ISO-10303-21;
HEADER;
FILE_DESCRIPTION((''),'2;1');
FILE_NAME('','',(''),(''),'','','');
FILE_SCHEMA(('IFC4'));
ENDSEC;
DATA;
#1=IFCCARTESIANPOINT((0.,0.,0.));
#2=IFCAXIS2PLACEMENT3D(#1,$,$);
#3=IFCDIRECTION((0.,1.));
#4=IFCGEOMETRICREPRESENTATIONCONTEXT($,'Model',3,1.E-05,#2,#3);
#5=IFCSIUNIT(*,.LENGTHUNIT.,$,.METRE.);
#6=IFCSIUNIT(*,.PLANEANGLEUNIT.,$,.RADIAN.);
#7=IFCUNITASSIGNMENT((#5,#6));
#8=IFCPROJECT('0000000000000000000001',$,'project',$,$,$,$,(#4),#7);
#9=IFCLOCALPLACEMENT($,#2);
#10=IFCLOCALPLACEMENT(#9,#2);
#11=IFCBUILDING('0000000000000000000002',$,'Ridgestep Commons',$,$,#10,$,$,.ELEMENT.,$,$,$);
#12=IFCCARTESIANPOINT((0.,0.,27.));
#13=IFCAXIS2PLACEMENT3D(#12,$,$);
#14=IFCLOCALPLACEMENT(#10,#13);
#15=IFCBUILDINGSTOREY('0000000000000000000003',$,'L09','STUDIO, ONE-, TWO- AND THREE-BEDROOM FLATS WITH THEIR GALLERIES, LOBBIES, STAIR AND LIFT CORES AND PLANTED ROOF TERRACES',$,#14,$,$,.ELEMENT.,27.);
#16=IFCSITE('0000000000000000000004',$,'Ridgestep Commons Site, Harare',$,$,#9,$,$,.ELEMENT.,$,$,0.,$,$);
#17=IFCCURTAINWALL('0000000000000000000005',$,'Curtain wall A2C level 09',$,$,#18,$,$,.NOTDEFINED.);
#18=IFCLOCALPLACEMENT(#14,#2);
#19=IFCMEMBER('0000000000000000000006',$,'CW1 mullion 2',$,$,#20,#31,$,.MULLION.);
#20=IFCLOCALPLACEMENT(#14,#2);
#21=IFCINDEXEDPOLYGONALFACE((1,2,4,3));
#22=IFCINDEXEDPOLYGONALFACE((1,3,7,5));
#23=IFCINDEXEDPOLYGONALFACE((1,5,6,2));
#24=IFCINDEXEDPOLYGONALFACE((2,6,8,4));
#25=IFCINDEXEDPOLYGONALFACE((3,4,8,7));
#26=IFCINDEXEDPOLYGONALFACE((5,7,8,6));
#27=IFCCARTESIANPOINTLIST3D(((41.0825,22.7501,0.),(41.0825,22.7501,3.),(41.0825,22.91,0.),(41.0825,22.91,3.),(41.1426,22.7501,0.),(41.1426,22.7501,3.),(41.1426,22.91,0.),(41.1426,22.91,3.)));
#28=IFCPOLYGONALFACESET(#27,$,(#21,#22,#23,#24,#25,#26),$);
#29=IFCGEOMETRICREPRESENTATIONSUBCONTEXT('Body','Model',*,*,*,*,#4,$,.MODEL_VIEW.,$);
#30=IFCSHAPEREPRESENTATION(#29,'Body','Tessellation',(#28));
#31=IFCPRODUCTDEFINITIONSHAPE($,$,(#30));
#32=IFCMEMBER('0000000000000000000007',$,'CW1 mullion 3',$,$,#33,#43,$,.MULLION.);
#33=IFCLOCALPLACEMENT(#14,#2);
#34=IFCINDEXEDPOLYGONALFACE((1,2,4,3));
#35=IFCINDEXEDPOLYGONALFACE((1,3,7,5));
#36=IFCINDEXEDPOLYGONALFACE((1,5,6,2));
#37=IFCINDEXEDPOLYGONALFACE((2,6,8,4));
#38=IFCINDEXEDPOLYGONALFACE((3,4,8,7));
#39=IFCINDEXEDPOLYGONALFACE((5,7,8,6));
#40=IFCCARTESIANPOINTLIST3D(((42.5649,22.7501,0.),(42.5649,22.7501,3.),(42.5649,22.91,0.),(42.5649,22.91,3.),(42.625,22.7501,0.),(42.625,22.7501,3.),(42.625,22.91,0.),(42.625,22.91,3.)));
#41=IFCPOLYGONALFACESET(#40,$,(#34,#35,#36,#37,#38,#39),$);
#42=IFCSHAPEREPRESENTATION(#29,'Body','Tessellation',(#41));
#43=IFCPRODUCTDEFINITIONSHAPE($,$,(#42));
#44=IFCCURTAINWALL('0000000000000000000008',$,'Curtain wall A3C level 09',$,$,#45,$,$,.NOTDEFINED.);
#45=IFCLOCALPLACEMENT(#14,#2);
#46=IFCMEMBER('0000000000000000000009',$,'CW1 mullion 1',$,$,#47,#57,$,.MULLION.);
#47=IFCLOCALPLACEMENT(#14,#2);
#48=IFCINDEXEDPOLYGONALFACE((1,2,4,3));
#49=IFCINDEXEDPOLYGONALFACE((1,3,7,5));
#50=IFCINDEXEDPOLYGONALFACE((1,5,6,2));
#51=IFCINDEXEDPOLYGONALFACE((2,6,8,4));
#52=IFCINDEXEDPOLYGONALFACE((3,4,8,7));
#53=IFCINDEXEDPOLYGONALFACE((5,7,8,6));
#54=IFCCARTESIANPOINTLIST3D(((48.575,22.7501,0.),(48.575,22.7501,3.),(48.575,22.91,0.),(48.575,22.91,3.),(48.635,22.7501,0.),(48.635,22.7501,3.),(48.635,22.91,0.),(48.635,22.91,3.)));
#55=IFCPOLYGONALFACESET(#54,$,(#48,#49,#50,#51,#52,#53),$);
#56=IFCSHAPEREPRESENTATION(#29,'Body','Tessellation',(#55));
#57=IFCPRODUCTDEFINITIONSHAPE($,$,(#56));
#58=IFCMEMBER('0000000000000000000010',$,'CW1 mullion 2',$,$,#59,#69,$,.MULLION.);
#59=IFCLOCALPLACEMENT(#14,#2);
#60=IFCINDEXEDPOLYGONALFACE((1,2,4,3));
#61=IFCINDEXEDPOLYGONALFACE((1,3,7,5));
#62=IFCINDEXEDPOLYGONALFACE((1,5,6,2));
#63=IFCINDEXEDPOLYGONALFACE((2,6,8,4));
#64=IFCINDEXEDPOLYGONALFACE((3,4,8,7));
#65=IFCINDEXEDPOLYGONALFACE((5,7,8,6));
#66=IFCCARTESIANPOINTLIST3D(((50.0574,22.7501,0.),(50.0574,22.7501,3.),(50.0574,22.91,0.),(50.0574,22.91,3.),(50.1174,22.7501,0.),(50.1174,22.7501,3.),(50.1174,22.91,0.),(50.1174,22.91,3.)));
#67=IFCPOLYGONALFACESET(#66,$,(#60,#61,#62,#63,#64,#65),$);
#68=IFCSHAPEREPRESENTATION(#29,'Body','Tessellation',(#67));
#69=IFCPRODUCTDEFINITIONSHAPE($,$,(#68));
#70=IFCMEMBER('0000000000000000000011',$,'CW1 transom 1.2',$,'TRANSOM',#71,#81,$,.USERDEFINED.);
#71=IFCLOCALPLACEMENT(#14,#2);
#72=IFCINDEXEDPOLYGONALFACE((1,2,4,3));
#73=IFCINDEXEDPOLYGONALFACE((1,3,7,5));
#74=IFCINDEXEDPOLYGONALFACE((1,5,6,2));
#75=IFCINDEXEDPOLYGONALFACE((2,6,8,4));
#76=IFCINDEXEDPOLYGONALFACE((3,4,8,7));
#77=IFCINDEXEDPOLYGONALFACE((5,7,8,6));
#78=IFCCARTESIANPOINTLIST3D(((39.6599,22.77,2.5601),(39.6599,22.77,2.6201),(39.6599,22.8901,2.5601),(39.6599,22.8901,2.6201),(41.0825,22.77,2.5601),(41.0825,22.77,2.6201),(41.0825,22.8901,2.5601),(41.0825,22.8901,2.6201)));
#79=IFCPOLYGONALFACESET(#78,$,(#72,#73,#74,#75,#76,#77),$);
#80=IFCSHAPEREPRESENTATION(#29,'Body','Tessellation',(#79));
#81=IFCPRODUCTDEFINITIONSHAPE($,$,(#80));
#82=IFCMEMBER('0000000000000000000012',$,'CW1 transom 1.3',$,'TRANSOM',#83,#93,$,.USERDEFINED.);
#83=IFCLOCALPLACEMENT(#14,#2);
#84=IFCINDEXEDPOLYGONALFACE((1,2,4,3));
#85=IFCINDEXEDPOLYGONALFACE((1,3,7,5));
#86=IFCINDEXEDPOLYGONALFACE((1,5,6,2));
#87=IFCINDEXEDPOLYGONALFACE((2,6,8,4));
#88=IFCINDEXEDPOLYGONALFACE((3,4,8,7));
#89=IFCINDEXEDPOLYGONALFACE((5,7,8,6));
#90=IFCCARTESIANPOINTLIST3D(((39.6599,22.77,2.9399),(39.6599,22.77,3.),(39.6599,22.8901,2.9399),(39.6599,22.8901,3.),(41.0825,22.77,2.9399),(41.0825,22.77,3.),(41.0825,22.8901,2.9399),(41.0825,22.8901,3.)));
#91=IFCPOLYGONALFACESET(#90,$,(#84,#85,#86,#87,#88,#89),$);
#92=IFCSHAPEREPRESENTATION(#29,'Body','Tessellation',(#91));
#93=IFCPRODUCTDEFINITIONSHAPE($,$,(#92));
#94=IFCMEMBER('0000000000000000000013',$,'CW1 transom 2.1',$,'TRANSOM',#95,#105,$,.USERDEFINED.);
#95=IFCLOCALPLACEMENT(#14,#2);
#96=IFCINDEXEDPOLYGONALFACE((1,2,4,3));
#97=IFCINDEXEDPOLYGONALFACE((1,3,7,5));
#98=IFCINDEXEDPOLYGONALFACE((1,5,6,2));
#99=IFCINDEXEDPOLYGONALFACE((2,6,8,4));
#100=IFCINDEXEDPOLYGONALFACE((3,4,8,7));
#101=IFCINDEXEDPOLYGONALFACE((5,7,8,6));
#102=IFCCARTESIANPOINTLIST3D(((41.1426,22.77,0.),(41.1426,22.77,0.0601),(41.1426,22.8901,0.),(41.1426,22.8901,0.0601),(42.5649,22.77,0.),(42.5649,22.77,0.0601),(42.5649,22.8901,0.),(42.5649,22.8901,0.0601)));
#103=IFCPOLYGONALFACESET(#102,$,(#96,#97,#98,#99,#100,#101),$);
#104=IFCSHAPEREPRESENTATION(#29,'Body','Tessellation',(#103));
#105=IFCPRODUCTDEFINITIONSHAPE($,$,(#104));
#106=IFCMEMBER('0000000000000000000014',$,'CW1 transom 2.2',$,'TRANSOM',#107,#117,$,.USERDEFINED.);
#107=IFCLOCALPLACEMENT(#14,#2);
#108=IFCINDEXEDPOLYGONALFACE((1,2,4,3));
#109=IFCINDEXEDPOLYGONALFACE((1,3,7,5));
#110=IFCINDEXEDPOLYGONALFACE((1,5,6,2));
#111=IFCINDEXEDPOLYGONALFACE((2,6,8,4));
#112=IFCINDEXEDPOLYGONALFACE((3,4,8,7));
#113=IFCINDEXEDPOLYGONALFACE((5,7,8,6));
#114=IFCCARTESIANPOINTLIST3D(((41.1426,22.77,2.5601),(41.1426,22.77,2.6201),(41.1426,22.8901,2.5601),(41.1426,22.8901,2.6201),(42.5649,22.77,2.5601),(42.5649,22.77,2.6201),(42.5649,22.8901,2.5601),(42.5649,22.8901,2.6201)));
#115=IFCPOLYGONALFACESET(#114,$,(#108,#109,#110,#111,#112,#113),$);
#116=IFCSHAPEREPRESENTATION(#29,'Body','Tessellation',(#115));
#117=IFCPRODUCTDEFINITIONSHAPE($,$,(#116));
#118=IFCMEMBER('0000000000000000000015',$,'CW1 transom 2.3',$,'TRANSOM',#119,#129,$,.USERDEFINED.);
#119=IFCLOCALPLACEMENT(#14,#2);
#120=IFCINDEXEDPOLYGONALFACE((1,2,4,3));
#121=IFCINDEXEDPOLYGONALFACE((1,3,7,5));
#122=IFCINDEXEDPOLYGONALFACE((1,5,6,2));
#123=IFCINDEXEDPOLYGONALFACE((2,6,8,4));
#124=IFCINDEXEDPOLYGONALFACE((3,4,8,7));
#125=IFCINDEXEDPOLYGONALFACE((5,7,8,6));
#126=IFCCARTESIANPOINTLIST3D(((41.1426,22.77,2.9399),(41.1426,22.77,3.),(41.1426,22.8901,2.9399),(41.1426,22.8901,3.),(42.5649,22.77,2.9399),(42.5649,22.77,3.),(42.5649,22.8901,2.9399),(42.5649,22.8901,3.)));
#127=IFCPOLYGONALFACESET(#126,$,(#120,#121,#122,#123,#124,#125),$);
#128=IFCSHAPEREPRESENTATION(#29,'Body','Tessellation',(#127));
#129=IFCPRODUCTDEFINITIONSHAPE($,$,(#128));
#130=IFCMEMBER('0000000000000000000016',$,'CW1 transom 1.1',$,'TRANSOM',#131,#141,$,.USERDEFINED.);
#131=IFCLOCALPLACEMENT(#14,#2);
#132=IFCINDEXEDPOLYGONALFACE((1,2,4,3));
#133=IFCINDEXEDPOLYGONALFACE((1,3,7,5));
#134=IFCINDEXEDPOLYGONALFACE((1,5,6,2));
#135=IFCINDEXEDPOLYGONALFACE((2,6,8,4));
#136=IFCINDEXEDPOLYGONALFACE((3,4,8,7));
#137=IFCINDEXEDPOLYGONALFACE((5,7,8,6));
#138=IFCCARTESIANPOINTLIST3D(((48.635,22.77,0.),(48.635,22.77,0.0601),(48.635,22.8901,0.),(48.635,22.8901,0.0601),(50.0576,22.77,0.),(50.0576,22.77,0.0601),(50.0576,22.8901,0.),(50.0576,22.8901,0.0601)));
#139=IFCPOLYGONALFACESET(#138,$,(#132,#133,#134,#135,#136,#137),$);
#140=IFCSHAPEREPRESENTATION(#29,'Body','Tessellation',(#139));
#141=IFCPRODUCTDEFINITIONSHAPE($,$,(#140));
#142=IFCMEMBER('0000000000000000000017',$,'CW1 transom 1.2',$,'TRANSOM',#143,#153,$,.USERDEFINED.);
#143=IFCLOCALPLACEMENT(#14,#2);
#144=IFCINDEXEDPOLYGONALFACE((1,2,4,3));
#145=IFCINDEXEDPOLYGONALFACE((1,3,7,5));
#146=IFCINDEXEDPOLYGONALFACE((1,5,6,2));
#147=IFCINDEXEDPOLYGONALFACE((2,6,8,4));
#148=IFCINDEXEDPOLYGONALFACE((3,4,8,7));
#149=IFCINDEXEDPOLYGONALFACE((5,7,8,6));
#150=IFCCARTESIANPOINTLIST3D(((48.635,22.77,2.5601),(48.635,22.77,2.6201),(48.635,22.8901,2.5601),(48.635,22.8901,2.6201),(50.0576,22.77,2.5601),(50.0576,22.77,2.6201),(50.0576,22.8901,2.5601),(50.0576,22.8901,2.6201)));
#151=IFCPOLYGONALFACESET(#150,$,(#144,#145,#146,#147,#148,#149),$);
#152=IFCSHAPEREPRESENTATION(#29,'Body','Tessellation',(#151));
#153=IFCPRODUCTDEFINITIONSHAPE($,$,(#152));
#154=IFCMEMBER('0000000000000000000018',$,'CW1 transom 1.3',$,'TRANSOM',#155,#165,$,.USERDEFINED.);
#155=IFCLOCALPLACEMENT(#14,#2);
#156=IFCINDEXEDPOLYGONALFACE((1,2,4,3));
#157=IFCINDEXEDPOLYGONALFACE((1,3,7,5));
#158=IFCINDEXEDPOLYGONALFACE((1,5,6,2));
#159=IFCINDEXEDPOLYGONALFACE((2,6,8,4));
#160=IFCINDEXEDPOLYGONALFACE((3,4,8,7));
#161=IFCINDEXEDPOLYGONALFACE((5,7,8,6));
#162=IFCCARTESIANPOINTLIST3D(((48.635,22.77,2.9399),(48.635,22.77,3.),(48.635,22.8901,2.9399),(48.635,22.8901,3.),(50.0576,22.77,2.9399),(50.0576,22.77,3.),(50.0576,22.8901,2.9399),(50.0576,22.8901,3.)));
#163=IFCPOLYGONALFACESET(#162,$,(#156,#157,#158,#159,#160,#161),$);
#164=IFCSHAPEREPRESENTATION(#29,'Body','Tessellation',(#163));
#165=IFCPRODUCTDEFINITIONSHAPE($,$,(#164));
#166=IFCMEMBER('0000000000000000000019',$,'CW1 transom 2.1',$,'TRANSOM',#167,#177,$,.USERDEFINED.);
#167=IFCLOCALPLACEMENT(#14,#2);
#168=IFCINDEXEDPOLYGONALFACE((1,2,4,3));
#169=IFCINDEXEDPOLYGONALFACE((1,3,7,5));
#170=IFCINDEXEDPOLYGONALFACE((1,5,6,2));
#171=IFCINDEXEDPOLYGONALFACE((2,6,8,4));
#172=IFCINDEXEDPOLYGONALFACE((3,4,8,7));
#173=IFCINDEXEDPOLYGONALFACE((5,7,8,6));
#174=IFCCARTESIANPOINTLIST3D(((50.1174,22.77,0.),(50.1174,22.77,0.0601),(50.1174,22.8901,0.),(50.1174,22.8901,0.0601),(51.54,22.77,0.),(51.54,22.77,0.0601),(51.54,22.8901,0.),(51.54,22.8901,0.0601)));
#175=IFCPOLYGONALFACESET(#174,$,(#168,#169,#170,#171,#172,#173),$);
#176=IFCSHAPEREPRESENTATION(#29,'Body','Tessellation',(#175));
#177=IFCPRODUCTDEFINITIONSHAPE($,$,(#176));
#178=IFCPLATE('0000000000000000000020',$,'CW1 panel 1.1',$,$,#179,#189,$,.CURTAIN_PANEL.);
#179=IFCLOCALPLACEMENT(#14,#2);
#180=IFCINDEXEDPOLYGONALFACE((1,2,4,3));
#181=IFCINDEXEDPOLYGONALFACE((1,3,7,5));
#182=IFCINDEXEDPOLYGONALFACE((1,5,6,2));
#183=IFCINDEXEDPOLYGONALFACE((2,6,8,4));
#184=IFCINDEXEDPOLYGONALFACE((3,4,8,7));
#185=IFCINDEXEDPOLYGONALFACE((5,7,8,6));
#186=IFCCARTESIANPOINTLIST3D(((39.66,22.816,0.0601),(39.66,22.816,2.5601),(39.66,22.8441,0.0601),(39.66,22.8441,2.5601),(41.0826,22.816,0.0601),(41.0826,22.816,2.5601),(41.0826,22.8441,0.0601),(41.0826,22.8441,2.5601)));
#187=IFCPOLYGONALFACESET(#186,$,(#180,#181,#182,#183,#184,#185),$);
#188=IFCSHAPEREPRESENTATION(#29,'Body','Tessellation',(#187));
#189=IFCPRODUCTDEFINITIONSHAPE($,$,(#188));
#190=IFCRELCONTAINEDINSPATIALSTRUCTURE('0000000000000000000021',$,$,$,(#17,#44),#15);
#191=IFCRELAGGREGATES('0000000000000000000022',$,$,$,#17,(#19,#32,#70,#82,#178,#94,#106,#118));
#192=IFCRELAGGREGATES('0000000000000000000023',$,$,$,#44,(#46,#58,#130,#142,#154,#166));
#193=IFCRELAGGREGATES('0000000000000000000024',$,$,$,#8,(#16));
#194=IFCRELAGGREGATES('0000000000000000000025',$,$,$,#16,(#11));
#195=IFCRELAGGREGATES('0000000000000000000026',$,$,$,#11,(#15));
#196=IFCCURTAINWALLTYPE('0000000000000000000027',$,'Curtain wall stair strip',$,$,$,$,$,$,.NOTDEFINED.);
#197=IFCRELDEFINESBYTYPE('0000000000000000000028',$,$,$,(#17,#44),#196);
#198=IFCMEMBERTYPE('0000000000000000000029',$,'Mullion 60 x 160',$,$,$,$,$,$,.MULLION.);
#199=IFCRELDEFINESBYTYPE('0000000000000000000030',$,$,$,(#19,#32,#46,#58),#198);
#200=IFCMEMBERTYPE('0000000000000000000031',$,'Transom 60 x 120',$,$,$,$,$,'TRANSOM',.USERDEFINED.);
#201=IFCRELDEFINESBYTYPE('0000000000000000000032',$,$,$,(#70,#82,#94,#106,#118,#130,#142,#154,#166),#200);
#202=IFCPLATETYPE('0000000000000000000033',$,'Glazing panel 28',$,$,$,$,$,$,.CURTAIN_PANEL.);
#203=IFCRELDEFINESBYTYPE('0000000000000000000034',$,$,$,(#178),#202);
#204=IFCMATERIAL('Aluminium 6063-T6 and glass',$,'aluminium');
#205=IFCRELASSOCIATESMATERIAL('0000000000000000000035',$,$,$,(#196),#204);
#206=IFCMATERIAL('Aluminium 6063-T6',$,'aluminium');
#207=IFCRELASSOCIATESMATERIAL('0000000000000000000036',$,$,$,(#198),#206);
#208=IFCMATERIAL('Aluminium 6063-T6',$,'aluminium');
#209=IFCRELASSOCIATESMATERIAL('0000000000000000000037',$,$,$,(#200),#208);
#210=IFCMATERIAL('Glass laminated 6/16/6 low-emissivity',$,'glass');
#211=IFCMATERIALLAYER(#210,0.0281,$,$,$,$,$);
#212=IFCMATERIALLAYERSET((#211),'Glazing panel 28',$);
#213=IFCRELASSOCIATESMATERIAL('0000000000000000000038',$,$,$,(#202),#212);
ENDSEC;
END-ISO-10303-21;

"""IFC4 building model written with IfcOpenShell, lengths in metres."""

from ifc_helpers import new_model, si_unit, direction, frame, origin, origin_2d, place, context, subcontext, project, spatial, rectangle, extrude, material, layer, layer_set, material_profile, profile_set, type_object, element, aggregate, save


model = new_model("IFC4")

# Units and contexts
model_context = context("Model", 3, precision=1e-05, world=origin(), true_north=direction((0.0, 1.0)))
body_context = subcontext(model_context, "Body", "Model", "MODEL_VIEW")
ifc_project = project(units=[si_unit("LENGTHUNIT", "METRE"), si_unit("PLANEANGLEUNIT", "RADIAN")], contexts=[model_context])

# Site, building, storey
site_placement = place(None, origin())
site = spatial("IfcSite", under=ifc_project, at=site_placement, Name="Ridgestep Commons Site, Harare", CompositionType="ELEMENT", RefElevation=0.0)
building_placement = place(site_placement, origin())
building = spatial("IfcBuilding", under=site, at=building_placement, Name="Ridgestep Commons", CompositionType="ELEMENT")
storey_placement = place(building_placement, frame((0.0, 0.0, 27.0)))
storey = spatial("IfcBuildingStorey", under=building, at=storey_placement, Name="L09", Description="STUDIO, ONE-, TWO- AND THREE-BEDROOM FLATS WITH THEIR GALLERIES, LOBBIES, STAIR AND LIFT CORES AND PLANTED ROOF TERRACES", CompositionType="ELEMENT", Elevation=27.0)

# Curtain walls, members
ifc_material_1 = material(Name="Aluminium 6063-T6 and glass", Category="aluminium")
curtain_wall_type = type_object("IfcCurtainWallType", Name="Curtain wall stair strip", PredefinedType="NOTDEFINED", material=ifc_material_1)
curtain_wall_1_placement = place(storey_placement, origin())
curtain_wall_1 = element("IfcCurtainWall", 1, at=curtain_wall_1_placement, inside=storey, type_object=curtain_wall_type, Name="Curtain wall A2C level 09", PredefinedType="NOTDEFINED")
ifc_material_2 = material(Name="Aluminium 6063-T6", Category="aluminium")
ifc_material_profile_1 = material_profile(ifc_material_2, rectangle(XDim=0.1599, YDim=0.0601, at=origin_2d()), Name="Mullion 60 x 160")
ifc_profile_set_1 = profile_set([ifc_material_profile_1], Name="Aluminium 6063-T6")
member_type_1 = type_object("IfcMemberType", Name="Mullion 60 x 160", PredefinedType="MULLION", material=ifc_profile_set_1)
member_1_placement = place(storey_placement, frame((41.1125, 22.8301, 0.0), z_axis=(0.0, 0.0, 1.0), x_axis=(0.0, 1.0, 0.0)))
member_1 = element("IfcMember", 2, at=member_1_placement, type_object=member_type_1, Name="CW1 mullion 2", PredefinedType="MULLION", context=body_context, shape_type="SweptSolid", body=[
    extrude(rectangle(XDim=0.1599, YDim=0.0601, at=origin_2d()), origin(), (0.0, 0.0, 1.0), 3.0),
])
member_2_placement = place(storey_placement, frame((42.595, 22.8301, 0.0), z_axis=(0.0, 0.0, 1.0), x_axis=(0.0, 1.0, 0.0)))
member_2 = element("IfcMember", 3, at=member_2_placement, type_object=member_type_1, Name="CW1 mullion 3", PredefinedType="MULLION", context=body_context, shape_type="SweptSolid", body=[
    extrude(rectangle(XDim=0.1599, YDim=0.0601, at=origin_2d()), origin(), (0.0, 0.0, 1.0), 3.0),
])
curtain_wall_2_placement = place(storey_placement, origin())
curtain_wall_2 = element("IfcCurtainWall", 4, at=curtain_wall_2_placement, inside=storey, type_object=curtain_wall_type, Name="Curtain wall A3C level 09", PredefinedType="NOTDEFINED")
member_3_placement = place(storey_placement, frame((48.605, 22.8301, 0.0), z_axis=(0.0, 0.0, 1.0), x_axis=(0.0, 1.0, 0.0)))
member_3 = element("IfcMember", 5, at=member_3_placement, type_object=member_type_1, Name="CW1 mullion 1", PredefinedType="MULLION", context=body_context, shape_type="SweptSolid", body=[
    extrude(rectangle(XDim=0.1599, YDim=0.0601, at=origin_2d()), origin(), (0.0, 0.0, 1.0), 3.0),
])
member_4_placement = place(storey_placement, frame((50.0874, 22.8301, 0.0), z_axis=(0.0, 0.0, 1.0), x_axis=(0.0, 1.0, 0.0)))
member_4 = element("IfcMember", 6, at=member_4_placement, type_object=member_type_1, Name="CW1 mullion 2", PredefinedType="MULLION", context=body_context, shape_type="SweptSolid", body=[
    extrude(rectangle(XDim=0.1599, YDim=0.0601, at=origin_2d()), origin(), (0.0, 0.0, 1.0), 3.0),
])

# Members
ifc_material_3 = material(Name="Aluminium 6063-T6", Category="aluminium")
ifc_material_profile_2 = material_profile(ifc_material_3, rectangle(XDim=0.1201, YDim=0.0601, at=origin_2d()), Name="Transom 60 x 120")
ifc_profile_set_2 = profile_set([ifc_material_profile_2], Name="Aluminium 6063-T6")
member_type_2 = type_object("IfcMemberType", Name="Transom 60 x 120", ElementType="TRANSOM", PredefinedType="USERDEFINED", material=ifc_profile_set_2)
member_5_placement = place(storey_placement, frame((39.6599, 22.8301, 2.5901), z_axis=(1.0, 0.0, 0.0), x_axis=(0.0, 1.0, 0.0)))
member_5 = element("IfcMember", 7, at=member_5_placement, type_object=member_type_2, Name="CW1 transom 1.2", ObjectType="TRANSOM", PredefinedType="USERDEFINED", context=body_context, shape_type="SweptSolid", body=[
    extrude(rectangle(XDim=0.1201, YDim=0.0601, at=origin_2d()), origin(), (0.0, 0.0, 1.0), 1.4226),
])
member_6_placement = place(storey_placement, frame((39.6599, 22.8301, 2.97), z_axis=(1.0, 0.0, 0.0), x_axis=(0.0, 1.0, 0.0)))
member_6 = element("IfcMember", 8, at=member_6_placement, type_object=member_type_2, Name="CW1 transom 1.3", ObjectType="TRANSOM", PredefinedType="USERDEFINED", context=body_context, shape_type="SweptSolid", body=[
    extrude(rectangle(XDim=0.1201, YDim=0.0601, at=origin_2d()), origin(), (0.0, 0.0, 1.0), 1.4226),
])
member_7_placement = place(storey_placement, frame((41.1426, 22.8301, 0.03), z_axis=(1.0, 0.0, 0.0), x_axis=(0.0, 1.0, 0.0)))
member_7 = element("IfcMember", 9, at=member_7_placement, type_object=member_type_2, Name="CW1 transom 2.1", ObjectType="TRANSOM", PredefinedType="USERDEFINED", context=body_context, shape_type="SweptSolid", body=[
    extrude(rectangle(XDim=0.1201, YDim=0.0601, at=origin_2d()), origin(), (0.0, 0.0, 1.0), 1.4224),
])
member_8_placement = place(storey_placement, frame((41.1426, 22.8301, 2.5901), z_axis=(1.0, 0.0, 0.0), x_axis=(0.0, 1.0, 0.0)))
member_8 = element("IfcMember", 10, at=member_8_placement, type_object=member_type_2, Name="CW1 transom 2.2", ObjectType="TRANSOM", PredefinedType="USERDEFINED", context=body_context, shape_type="SweptSolid", body=[
    extrude(rectangle(XDim=0.1201, YDim=0.0601, at=origin_2d()), origin(), (0.0, 0.0, 1.0), 1.4224),
])
member_9_placement = place(storey_placement, frame((41.1426, 22.8301, 2.97), z_axis=(1.0, 0.0, 0.0), x_axis=(0.0, 1.0, 0.0)))
member_9 = element("IfcMember", 11, at=member_9_placement, type_object=member_type_2, Name="CW1 transom 2.3", ObjectType="TRANSOM", PredefinedType="USERDEFINED", context=body_context, shape_type="SweptSolid", body=[
    extrude(rectangle(XDim=0.1201, YDim=0.0601, at=origin_2d()), origin(), (0.0, 0.0, 1.0), 1.4224),
])
member_10_placement = place(storey_placement, frame((48.635, 22.8301, 0.03), z_axis=(1.0, 0.0, 0.0), x_axis=(0.0, 1.0, 0.0)))
member_10 = element("IfcMember", 12, at=member_10_placement, type_object=member_type_2, Name="CW1 transom 1.1", ObjectType="TRANSOM", PredefinedType="USERDEFINED", context=body_context, shape_type="SweptSolid", body=[
    extrude(rectangle(XDim=0.1201, YDim=0.0601, at=origin_2d()), origin(), (0.0, 0.0, 1.0), 1.4226),
])
member_11_placement = place(storey_placement, frame((48.635, 22.8301, 2.5901), z_axis=(1.0, 0.0, 0.0), x_axis=(0.0, 1.0, 0.0)))
member_11 = element("IfcMember", 13, at=member_11_placement, type_object=member_type_2, Name="CW1 transom 1.2", ObjectType="TRANSOM", PredefinedType="USERDEFINED", context=body_context, shape_type="SweptSolid", body=[
    extrude(rectangle(XDim=0.1201, YDim=0.0601, at=origin_2d()), origin(), (0.0, 0.0, 1.0), 1.4226),
])
member_12_placement = place(storey_placement, frame((48.635, 22.8301, 2.97), z_axis=(1.0, 0.0, 0.0), x_axis=(0.0, 1.0, 0.0)))
member_12 = element("IfcMember", 14, at=member_12_placement, type_object=member_type_2, Name="CW1 transom 1.3", ObjectType="TRANSOM", PredefinedType="USERDEFINED", context=body_context, shape_type="SweptSolid", body=[
    extrude(rectangle(XDim=0.1201, YDim=0.0601, at=origin_2d()), origin(), (0.0, 0.0, 1.0), 1.4226),
])
member_13_placement = place(storey_placement, frame((50.1174, 22.8301, 0.03), z_axis=(1.0, 0.0, 0.0), x_axis=(0.0, 1.0, 0.0)))
member_13 = element("IfcMember", 15, at=member_13_placement, type_object=member_type_2, Name="CW1 transom 2.1", ObjectType="TRANSOM", PredefinedType="USERDEFINED", context=body_context, shape_type="SweptSolid", body=[
    extrude(rectangle(XDim=0.1201, YDim=0.0601, at=origin_2d()), origin(), (0.0, 0.0, 1.0), 1.4226),
])

# Plate
ifc_material_4 = material(Name="Glass laminated 6/16/6 low-emissivity", Category="glass")
ifc_layer_1 = layer(ifc_material_4, 0.0281)
ifc_layer_set_1 = layer_set([ifc_layer_1], Name="Glazing panel 28")
plate_type_1 = type_object("IfcPlateType", Name="Glazing panel 28", PredefinedType="CURTAIN_PANEL", material=ifc_layer_set_1)
plate_1_placement = place(storey_placement, frame((40.3713, 22.8301, 0.0601), z_axis=(0.0, 0.0, 1.0), x_axis=(1.0, 0.0, 0.0)))
plate_1 = element("IfcPlate", 16, at=plate_1_placement, type_object=plate_type_1, Name="CW1 panel 1.1", PredefinedType="CURTAIN_PANEL", context=body_context, shape_type="SweptSolid", body=[
    extrude(rectangle(XDim=1.4226, YDim=0.0281, at=origin_2d()), origin(), (0.0, 0.0, 1.0), 2.5),
])
aggregate(curtain_wall_1, [member_1, member_2, member_5, member_6, plate_1, member_7, member_8, member_9])
aggregate(curtain_wall_2, [member_3, member_4, member_10, member_11, member_12, member_13])

save(model, "model.ifc")
